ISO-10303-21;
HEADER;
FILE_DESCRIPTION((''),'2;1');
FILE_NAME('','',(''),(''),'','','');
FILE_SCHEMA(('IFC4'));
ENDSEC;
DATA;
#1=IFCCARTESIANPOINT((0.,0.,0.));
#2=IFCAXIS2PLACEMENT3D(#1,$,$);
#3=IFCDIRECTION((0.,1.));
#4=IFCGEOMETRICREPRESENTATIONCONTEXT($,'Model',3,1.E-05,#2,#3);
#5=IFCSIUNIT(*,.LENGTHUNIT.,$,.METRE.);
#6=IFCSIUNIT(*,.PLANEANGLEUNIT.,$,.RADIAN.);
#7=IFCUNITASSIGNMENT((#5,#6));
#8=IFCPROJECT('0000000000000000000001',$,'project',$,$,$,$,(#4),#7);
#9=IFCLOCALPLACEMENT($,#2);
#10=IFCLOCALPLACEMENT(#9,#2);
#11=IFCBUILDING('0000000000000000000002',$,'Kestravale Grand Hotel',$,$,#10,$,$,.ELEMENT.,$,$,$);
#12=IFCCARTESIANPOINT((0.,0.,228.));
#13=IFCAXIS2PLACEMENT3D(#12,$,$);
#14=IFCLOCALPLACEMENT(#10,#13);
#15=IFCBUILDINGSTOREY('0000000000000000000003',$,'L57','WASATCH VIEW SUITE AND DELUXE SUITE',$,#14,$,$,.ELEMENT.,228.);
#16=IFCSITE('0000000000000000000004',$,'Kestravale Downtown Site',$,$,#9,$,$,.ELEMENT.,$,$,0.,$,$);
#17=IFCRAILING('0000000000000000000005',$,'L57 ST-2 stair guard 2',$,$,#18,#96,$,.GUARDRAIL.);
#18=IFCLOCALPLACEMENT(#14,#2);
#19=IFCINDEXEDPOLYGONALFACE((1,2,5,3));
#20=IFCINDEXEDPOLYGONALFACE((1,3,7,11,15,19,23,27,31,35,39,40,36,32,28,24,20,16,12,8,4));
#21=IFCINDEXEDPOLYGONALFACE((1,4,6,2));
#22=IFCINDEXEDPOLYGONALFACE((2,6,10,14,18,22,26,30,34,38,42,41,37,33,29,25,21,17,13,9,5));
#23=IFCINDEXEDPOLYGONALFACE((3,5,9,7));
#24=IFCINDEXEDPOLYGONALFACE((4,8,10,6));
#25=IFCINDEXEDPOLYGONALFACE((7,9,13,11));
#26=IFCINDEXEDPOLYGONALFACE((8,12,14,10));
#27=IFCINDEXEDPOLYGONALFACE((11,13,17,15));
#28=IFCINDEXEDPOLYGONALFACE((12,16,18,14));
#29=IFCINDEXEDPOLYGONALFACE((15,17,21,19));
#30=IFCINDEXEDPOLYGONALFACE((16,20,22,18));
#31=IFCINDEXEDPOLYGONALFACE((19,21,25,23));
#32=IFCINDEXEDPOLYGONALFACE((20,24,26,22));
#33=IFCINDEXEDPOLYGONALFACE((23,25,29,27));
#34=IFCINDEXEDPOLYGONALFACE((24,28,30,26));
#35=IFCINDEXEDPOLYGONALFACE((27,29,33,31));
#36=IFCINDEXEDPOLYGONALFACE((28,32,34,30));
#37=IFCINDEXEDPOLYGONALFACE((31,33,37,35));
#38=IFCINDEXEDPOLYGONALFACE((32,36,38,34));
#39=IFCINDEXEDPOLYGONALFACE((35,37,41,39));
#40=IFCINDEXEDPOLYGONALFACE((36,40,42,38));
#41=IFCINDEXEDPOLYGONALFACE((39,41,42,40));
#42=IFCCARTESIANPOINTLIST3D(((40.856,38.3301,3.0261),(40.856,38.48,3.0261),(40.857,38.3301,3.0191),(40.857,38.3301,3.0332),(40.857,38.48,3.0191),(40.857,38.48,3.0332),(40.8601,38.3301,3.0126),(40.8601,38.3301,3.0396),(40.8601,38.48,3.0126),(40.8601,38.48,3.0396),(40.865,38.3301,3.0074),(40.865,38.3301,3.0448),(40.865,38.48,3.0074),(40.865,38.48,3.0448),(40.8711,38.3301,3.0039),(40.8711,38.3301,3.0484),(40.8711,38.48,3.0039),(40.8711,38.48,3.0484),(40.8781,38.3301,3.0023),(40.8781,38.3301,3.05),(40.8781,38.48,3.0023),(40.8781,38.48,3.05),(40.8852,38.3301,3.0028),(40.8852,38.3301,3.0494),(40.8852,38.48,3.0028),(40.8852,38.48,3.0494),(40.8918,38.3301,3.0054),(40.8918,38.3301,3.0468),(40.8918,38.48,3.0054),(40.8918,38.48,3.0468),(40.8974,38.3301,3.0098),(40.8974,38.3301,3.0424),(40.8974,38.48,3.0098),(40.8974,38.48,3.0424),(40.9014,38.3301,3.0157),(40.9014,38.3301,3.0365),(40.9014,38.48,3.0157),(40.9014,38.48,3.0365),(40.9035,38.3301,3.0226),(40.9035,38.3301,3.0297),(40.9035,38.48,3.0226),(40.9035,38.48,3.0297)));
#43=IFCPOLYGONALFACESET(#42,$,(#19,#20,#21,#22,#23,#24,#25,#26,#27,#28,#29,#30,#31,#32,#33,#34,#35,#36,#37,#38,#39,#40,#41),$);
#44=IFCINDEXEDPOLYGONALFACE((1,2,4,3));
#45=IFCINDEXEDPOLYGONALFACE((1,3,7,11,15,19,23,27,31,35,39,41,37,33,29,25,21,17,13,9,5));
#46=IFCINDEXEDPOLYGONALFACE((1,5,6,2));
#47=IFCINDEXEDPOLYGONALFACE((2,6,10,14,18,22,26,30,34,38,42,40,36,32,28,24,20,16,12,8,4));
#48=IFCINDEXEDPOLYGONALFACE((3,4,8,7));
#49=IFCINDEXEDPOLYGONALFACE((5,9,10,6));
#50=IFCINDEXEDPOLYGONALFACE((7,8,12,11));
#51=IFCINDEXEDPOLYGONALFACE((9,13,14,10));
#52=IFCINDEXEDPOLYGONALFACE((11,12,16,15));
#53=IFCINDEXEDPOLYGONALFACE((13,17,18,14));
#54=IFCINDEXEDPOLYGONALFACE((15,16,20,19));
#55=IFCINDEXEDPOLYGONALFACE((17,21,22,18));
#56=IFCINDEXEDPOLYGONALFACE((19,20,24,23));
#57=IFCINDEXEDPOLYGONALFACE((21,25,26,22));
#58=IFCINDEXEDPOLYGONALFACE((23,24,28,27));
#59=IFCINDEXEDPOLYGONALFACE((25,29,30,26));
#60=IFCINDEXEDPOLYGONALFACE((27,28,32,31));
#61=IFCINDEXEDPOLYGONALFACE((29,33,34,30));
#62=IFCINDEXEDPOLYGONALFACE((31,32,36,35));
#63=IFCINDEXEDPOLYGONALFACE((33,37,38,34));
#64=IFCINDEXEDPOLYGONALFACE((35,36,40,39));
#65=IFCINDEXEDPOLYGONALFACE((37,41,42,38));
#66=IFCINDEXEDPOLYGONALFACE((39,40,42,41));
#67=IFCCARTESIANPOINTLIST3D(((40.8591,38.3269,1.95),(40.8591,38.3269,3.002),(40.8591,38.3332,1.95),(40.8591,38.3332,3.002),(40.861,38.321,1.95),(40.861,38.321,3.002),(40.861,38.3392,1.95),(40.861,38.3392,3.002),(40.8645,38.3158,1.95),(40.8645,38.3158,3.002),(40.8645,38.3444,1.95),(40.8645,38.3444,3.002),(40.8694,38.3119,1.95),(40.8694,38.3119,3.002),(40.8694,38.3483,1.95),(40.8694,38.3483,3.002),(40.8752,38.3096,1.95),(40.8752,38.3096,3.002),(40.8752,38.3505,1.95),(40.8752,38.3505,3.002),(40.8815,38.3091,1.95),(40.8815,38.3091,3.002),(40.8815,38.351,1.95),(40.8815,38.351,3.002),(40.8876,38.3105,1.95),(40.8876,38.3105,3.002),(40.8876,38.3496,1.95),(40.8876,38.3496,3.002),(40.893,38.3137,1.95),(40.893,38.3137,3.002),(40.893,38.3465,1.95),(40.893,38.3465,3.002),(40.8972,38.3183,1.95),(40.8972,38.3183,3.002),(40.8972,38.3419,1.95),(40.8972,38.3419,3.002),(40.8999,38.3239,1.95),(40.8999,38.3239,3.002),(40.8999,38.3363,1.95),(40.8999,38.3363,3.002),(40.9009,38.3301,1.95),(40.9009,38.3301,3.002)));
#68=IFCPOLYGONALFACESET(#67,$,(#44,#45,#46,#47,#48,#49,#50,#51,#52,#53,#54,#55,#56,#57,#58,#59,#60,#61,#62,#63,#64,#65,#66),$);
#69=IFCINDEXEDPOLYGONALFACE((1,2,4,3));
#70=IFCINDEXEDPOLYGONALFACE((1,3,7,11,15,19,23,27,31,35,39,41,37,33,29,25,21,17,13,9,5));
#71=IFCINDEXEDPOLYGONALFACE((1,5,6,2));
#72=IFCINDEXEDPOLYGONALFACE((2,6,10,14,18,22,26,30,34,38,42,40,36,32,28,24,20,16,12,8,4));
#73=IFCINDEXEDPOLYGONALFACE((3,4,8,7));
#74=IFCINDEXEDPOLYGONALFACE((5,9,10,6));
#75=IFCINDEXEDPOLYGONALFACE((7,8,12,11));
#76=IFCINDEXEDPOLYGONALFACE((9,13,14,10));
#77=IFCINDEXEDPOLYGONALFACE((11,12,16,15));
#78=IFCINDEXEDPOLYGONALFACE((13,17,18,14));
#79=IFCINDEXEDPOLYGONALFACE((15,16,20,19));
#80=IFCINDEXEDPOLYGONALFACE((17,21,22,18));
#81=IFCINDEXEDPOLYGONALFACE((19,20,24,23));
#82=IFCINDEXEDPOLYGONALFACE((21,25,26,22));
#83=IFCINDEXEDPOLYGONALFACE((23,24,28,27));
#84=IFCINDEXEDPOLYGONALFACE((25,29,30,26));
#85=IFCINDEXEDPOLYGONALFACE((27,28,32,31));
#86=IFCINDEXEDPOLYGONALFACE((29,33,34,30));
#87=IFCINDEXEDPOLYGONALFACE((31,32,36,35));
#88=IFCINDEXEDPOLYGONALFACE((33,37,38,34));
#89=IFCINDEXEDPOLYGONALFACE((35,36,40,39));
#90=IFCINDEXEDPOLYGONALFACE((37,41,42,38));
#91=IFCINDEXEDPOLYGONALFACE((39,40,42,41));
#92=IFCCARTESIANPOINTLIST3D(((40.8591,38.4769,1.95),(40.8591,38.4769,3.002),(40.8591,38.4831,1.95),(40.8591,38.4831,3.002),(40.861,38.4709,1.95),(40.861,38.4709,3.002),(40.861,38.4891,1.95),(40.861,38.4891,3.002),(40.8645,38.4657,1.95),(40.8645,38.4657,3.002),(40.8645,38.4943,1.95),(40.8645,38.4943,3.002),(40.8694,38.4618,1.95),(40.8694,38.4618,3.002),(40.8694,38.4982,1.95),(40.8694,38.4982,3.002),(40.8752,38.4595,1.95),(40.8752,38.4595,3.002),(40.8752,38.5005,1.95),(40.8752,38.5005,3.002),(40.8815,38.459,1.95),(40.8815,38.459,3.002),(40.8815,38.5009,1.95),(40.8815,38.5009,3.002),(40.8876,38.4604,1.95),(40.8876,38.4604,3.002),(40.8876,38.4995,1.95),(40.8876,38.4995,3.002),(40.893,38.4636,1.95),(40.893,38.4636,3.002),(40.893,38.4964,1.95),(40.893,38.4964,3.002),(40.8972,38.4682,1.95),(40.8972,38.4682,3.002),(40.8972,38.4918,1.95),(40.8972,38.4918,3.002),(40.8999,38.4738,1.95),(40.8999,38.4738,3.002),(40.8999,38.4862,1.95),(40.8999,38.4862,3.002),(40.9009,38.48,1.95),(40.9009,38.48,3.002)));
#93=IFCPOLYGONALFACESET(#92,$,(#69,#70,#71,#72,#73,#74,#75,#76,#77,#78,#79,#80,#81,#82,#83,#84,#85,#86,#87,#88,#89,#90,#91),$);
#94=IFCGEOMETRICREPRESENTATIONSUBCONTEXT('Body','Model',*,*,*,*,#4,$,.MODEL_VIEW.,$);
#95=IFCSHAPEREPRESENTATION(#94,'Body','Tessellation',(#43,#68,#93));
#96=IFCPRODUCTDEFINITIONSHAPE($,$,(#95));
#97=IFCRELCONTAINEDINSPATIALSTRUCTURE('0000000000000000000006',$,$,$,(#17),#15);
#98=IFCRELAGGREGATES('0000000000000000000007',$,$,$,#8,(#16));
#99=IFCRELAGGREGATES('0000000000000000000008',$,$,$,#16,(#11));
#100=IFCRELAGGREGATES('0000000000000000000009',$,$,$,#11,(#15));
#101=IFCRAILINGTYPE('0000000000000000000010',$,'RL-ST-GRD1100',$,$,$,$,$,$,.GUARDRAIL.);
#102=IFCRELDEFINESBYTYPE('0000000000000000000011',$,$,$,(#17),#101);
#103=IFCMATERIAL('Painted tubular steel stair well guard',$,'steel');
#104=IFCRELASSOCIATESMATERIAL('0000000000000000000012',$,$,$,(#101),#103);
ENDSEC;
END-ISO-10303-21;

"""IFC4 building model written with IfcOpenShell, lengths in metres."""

from ifc_helpers import new_model, si_unit, direction, frame, origin, origin_2d, place, context, subcontext, project, spatial, circle, extrude, material, type_object, element, save


model = new_model("IFC4")

# Units and contexts
model_context = context("Model", 3, precision=1e-05, world=origin(), true_north=direction((0.0, 1.0)))
body_context = subcontext(model_context, "Body", "Model", "MODEL_VIEW")
ifc_project = project(units=[si_unit("LENGTHUNIT", "METRE"), si_unit("PLANEANGLEUNIT", "RADIAN")], contexts=[model_context])

# Site, building, storey
site_placement = place(None, origin())
site = spatial("IfcSite", under=ifc_project, at=site_placement, Name="Kestravale Downtown Site", CompositionType="ELEMENT", RefElevation=0.0)
building_placement = place(site_placement, origin())
building = spatial("IfcBuilding", under=site, at=building_placement, Name="Kestravale Grand Hotel", CompositionType="ELEMENT")
storey_placement = place(building_placement, frame((0.0, 0.0, 228.0)))
storey = spatial("IfcBuildingStorey", under=building, at=storey_placement, Name="L57", Description="WASATCH VIEW SUITE AND DELUXE SUITE", CompositionType="ELEMENT", Elevation=228.0)

# Railing
ifc_material_1 = material(Name="Painted tubular steel stair well guard", Category="steel")
railing_type_1 = type_object("IfcRailingType", Name="RL-ST-GRD1100", PredefinedType="GUARDRAIL", material=ifc_material_1)
railing_1_placement = place(storey_placement, frame((40.8799, 38.3301, 1.95)))
element("IfcRailing", 1, at=railing_1_placement, inside=storey, type_object=railing_type_1, Name="L57 ST-2 stair guard 2", PredefinedType="GUARDRAIL", context=body_context, shape_type="SweptSolid", body=[
    extrude(circle(Radius=0.0239, at=origin_2d()), frame((0.0, 0.0, 1.0762), z_axis=(0.0, 1.0, 0.0), x_axis=(-1.0, 0.0, 0.0)), (0.0, 0.0, 1.0), 0.1499),
    extrude(circle(Radius=0.021, at=origin_2d()), origin(), (0.0, 0.0, 1.0), 1.052),
    extrude(circle(Radius=0.021, at=origin_2d()), frame((0.0, 0.1499, 0.0)), (0.0, 0.0, 1.0), 1.052),
])

save(model, "model.ifc")
